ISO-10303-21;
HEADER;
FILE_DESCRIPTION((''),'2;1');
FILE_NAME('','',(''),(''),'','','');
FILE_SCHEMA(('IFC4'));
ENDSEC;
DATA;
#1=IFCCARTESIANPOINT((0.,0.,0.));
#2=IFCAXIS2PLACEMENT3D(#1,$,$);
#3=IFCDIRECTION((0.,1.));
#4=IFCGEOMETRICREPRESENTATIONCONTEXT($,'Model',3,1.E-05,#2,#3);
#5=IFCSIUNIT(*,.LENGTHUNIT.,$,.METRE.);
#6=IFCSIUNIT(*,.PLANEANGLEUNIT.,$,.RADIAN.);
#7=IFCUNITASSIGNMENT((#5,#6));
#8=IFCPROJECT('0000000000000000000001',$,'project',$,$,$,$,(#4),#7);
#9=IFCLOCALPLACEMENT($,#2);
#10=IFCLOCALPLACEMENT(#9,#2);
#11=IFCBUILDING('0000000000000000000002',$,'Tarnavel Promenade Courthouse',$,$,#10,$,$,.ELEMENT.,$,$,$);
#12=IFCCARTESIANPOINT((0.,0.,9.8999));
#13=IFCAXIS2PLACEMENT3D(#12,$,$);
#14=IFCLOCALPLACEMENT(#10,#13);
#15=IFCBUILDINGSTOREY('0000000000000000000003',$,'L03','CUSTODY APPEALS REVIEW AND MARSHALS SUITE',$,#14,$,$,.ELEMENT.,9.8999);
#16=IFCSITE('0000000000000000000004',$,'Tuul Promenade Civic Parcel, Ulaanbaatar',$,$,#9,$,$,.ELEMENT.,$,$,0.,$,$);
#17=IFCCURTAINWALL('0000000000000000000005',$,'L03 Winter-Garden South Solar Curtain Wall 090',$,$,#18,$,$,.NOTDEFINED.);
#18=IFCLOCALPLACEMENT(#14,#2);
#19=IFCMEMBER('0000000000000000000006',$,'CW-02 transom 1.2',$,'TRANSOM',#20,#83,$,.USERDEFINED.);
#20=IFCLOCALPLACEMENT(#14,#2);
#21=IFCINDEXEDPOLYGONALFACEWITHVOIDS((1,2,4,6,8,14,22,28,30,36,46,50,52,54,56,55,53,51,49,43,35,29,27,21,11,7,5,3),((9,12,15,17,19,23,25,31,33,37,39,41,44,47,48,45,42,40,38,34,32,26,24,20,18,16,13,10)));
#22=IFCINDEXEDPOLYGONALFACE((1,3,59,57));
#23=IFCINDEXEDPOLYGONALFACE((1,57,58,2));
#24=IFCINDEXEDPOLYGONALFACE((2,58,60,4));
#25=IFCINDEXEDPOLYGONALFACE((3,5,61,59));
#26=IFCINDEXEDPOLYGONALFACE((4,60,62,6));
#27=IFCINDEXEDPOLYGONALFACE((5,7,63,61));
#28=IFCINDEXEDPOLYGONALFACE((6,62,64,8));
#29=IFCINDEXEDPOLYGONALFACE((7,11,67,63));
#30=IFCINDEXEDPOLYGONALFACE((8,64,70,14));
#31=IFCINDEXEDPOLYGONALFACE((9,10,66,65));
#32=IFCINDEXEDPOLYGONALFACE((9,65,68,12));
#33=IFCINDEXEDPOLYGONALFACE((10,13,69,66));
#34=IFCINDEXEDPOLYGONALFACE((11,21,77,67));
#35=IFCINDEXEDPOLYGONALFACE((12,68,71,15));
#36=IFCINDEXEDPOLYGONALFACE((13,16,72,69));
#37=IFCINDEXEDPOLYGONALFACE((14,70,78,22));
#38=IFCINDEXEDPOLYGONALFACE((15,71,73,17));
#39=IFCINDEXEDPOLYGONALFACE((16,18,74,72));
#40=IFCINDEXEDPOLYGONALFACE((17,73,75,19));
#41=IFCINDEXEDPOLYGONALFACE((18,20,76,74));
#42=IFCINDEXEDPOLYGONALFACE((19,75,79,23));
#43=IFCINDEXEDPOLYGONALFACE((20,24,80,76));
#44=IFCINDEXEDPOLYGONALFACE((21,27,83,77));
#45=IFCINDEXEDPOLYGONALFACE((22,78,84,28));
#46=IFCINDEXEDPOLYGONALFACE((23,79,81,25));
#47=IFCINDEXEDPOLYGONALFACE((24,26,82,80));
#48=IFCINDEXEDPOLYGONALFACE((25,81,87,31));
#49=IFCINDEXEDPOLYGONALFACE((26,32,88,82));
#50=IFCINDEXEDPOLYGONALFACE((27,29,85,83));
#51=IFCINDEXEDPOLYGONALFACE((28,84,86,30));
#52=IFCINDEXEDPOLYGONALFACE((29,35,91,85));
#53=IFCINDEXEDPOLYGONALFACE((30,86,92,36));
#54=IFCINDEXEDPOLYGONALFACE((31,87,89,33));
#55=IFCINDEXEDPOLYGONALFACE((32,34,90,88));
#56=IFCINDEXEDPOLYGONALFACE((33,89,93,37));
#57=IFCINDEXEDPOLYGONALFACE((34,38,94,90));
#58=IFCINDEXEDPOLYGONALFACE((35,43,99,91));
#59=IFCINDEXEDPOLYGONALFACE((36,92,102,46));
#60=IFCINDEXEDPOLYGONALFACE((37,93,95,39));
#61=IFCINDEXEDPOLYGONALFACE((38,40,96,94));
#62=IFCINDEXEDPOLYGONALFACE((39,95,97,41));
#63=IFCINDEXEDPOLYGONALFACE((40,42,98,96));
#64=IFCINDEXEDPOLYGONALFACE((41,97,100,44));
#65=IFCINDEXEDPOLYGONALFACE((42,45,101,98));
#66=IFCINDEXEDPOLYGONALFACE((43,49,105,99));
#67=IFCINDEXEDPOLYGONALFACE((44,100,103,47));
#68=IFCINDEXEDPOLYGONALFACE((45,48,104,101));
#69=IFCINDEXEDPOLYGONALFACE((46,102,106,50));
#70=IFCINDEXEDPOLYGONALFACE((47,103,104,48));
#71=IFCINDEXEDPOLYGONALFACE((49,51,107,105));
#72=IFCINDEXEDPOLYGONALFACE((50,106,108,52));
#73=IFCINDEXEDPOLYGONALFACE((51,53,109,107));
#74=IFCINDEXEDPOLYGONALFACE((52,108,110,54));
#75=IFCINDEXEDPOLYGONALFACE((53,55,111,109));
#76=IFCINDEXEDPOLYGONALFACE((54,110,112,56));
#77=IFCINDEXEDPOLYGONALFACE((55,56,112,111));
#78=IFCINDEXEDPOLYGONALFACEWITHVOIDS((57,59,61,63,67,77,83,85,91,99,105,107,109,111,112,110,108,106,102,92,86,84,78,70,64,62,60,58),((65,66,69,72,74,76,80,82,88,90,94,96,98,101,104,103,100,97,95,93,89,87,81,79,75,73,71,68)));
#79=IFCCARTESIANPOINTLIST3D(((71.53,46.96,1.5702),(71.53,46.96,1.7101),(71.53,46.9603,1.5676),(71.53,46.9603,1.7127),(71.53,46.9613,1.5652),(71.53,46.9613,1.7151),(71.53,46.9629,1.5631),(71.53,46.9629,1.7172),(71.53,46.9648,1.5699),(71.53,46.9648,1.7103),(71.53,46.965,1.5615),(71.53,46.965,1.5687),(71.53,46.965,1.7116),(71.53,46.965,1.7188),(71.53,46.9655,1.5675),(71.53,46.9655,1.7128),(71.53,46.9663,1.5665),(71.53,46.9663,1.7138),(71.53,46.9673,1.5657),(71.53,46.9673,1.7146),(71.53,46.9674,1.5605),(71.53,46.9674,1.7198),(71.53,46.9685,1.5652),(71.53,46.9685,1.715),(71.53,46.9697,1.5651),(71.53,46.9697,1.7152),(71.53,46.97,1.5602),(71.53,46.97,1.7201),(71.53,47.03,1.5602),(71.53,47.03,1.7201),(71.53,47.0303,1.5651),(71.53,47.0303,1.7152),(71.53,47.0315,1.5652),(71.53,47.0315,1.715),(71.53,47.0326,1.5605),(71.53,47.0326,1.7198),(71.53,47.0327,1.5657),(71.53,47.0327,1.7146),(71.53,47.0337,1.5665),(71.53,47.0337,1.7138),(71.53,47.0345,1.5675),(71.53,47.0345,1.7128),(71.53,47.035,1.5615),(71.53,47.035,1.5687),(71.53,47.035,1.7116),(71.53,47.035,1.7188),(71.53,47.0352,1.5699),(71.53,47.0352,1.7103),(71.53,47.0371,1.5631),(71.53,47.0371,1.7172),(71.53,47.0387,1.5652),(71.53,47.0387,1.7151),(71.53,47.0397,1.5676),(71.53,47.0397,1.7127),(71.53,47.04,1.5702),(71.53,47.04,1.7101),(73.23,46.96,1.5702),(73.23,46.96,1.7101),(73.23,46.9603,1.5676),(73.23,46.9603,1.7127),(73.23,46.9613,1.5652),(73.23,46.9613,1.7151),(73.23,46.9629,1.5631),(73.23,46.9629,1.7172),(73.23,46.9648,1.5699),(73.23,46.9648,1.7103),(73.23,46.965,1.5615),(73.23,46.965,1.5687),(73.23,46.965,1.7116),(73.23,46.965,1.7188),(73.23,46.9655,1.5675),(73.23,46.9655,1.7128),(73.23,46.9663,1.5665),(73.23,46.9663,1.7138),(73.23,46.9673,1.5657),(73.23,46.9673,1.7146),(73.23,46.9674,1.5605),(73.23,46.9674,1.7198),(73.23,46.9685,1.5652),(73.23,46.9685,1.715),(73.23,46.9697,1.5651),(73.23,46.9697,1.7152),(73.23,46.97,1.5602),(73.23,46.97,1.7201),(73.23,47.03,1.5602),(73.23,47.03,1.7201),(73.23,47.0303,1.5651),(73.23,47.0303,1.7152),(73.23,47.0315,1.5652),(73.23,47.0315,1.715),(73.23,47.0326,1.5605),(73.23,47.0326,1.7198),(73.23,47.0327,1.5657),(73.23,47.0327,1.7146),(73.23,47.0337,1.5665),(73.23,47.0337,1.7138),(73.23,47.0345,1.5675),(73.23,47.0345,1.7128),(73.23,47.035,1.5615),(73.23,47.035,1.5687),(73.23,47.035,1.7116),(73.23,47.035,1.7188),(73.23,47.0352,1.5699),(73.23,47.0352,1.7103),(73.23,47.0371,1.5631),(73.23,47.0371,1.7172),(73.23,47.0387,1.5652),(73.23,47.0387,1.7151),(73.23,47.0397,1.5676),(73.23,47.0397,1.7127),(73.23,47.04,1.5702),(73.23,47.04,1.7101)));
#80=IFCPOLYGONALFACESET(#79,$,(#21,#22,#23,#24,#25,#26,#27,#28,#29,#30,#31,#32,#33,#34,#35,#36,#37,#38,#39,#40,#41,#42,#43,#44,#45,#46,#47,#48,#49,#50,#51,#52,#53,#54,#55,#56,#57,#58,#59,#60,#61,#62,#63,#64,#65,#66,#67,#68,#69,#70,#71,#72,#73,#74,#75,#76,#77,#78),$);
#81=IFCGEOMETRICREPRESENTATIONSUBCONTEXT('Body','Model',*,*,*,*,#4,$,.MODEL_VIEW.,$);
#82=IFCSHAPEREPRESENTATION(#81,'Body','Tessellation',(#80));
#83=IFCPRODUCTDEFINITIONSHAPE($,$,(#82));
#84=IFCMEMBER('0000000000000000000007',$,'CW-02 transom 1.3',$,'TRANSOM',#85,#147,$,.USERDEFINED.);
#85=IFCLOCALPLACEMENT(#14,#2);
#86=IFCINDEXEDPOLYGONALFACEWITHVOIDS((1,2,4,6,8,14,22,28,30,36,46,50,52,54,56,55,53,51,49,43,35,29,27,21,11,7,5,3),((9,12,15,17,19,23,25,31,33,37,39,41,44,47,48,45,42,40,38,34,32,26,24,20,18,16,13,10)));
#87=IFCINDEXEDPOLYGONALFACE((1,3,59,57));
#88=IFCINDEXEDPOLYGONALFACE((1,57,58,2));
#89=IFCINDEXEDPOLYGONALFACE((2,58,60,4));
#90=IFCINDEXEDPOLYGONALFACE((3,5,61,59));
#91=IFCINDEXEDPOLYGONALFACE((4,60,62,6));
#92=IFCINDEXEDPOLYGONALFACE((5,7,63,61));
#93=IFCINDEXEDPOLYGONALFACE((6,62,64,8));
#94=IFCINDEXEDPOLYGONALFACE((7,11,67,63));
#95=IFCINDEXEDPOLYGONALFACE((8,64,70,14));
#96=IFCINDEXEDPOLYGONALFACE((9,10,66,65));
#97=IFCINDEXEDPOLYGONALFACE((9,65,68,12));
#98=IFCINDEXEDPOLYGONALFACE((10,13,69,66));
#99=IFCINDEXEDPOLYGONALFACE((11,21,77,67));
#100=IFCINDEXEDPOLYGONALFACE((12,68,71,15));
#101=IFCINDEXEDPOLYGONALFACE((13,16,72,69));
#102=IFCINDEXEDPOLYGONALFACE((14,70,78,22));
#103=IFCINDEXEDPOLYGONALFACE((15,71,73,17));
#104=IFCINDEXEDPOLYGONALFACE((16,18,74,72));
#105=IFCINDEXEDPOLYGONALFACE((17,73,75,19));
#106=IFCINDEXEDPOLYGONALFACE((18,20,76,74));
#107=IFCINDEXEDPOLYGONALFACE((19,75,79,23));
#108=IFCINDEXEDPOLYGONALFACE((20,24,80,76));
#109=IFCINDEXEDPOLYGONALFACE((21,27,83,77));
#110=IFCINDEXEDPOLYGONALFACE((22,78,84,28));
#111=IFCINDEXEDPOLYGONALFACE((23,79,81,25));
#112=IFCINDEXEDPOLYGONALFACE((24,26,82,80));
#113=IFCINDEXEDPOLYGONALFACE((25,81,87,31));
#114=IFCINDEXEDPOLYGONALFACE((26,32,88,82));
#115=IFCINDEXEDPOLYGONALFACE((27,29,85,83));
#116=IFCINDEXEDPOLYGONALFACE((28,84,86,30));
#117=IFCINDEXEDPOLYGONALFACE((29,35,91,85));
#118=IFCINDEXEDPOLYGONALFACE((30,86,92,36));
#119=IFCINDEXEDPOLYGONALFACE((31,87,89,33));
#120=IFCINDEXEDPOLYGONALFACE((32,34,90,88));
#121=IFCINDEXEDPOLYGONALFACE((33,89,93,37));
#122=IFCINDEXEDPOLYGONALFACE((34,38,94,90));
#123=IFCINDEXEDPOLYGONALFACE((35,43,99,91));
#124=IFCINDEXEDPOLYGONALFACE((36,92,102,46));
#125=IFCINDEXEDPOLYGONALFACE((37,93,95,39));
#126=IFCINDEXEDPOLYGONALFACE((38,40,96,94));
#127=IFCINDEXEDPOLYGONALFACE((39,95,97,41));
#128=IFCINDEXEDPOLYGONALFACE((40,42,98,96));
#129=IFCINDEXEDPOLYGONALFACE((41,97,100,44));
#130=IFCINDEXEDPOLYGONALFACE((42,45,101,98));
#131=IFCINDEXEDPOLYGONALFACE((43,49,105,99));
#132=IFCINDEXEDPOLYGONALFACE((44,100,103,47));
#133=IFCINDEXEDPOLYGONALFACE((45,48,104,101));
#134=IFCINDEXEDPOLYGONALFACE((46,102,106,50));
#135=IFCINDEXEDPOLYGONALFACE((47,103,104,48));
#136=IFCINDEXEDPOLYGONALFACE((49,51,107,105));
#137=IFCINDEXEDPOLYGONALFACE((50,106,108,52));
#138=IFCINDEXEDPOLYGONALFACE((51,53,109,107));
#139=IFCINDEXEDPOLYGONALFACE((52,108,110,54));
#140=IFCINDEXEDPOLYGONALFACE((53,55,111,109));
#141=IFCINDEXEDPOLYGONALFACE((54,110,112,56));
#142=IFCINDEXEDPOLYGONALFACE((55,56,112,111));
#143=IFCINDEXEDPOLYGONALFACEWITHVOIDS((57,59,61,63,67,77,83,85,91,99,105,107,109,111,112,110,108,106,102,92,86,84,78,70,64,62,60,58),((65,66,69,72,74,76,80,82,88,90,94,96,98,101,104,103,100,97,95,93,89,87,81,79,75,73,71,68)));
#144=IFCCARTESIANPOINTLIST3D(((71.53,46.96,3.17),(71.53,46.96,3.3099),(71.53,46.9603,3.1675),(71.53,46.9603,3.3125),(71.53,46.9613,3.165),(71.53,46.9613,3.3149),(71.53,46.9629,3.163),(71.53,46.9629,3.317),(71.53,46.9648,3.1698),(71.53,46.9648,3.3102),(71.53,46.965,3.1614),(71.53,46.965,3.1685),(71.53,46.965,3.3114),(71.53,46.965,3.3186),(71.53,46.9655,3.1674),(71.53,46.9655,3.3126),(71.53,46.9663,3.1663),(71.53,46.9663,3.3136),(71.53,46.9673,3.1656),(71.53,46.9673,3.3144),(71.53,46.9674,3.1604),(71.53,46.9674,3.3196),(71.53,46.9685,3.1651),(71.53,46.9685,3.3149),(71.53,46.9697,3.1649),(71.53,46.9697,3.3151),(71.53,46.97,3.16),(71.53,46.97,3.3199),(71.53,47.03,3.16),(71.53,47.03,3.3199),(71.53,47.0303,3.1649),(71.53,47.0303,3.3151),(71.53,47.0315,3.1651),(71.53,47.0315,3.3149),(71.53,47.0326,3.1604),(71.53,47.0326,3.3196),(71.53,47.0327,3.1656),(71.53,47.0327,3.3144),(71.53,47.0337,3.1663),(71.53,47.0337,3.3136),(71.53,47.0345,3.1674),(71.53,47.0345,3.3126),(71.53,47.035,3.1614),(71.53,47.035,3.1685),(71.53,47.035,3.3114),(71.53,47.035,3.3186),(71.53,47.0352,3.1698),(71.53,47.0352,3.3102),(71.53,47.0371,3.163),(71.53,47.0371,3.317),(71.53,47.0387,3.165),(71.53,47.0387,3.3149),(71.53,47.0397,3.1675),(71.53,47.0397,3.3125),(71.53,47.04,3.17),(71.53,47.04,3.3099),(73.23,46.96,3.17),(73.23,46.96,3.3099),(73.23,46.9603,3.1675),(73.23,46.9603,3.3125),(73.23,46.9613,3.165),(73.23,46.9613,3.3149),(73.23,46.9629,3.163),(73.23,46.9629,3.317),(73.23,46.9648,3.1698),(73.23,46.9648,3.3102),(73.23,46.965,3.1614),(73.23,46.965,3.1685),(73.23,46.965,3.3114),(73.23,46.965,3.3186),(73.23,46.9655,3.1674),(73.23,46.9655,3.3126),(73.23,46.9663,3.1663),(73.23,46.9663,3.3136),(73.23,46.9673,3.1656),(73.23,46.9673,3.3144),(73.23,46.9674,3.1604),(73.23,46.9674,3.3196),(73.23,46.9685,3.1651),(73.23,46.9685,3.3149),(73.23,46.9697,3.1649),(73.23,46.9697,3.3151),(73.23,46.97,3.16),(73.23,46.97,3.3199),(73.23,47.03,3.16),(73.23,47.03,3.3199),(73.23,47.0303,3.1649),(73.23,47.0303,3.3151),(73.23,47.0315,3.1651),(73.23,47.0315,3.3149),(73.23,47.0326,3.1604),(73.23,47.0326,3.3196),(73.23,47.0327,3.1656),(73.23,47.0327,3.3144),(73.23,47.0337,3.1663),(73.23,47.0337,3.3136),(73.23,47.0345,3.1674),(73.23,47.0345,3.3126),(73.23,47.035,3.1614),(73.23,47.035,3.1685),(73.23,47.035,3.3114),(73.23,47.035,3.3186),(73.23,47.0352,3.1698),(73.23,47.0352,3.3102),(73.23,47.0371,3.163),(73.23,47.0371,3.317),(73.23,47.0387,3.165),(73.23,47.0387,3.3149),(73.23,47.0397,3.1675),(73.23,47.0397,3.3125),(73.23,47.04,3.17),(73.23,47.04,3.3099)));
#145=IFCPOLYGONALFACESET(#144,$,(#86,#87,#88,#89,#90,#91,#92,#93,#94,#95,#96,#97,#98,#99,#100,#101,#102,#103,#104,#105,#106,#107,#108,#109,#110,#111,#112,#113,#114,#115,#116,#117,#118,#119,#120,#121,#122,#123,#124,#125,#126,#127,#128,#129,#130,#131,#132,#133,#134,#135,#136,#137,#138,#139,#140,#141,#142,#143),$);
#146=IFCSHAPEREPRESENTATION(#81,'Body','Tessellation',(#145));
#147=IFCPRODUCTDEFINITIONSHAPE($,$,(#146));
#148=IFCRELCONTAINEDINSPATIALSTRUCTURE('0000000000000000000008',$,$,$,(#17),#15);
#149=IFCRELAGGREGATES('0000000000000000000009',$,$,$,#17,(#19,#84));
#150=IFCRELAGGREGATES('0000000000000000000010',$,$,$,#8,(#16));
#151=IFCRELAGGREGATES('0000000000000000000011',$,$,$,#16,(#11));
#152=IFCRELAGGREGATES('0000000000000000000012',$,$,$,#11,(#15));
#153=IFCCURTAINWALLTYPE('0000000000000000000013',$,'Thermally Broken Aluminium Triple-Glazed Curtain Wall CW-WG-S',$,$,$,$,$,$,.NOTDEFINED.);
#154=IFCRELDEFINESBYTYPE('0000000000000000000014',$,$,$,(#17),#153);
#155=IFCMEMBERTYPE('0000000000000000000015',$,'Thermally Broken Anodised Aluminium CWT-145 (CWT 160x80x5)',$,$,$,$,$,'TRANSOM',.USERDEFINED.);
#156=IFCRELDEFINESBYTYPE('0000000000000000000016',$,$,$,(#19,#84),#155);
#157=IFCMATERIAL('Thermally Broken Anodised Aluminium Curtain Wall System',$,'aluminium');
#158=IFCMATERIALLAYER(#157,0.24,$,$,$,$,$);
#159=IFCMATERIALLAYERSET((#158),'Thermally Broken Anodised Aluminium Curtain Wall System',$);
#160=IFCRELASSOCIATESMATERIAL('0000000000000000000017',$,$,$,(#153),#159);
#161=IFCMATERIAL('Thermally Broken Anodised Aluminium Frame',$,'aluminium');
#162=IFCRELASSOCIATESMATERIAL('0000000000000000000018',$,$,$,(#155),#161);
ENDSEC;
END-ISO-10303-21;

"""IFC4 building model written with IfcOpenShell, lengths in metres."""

from ifc_helpers import new_model, si_unit, direction, frame, origin, origin_2d, place, context, subcontext, project, spatial, hollow_rectangle, extrude, material, layer, layer_set, material_profile, profile_set, type_object, element, aggregate, save


model = new_model("IFC4")

# Units and contexts
model_context = context("Model", 3, precision=1e-05, world=origin(), true_north=direction((0.0, 1.0)))
body_context = subcontext(model_context, "Body", "Model", "MODEL_VIEW")
ifc_project = project(units=[si_unit("LENGTHUNIT", "METRE"), si_unit("PLANEANGLEUNIT", "RADIAN")], contexts=[model_context])

# Site, building, storey
site_placement = place(None, origin())
site = spatial("IfcSite", under=ifc_project, at=site_placement, Name="Tuul Promenade Civic Parcel, Ulaanbaatar", CompositionType="ELEMENT", RefElevation=0.0)
building_placement = place(site_placement, origin())
building = spatial("IfcBuilding", under=site, at=building_placement, Name="Tarnavel Promenade Courthouse", CompositionType="ELEMENT")
storey_placement = place(building_placement, frame((0.0, 0.0, 9.8999)))
storey = spatial("IfcBuildingStorey", under=building, at=storey_placement, Name="L03", Description="CUSTODY APPEALS REVIEW AND MARSHALS SUITE", CompositionType="ELEMENT", Elevation=9.8999)

# Curtain wall
ifc_material_1 = material(Name="Thermally Broken Anodised Aluminium Curtain Wall System", Category="aluminium")
ifc_layer_1 = layer(ifc_material_1, 0.24)
ifc_layer_set_1 = layer_set([ifc_layer_1], Name="Thermally Broken Anodised Aluminium Curtain Wall System")
curtain_wall_type = type_object("IfcCurtainWallType", Name="Thermally Broken Aluminium Triple-Glazed Curtain Wall CW-WG-S", PredefinedType="NOTDEFINED", material=ifc_layer_set_1)
curtain_wall_1_placement = place(storey_placement, origin())
curtain_wall_1 = element("IfcCurtainWall", 1, at=curtain_wall_1_placement, inside=storey, type_object=curtain_wall_type, Name="L03 Winter-Garden South Solar Curtain Wall 090", PredefinedType="NOTDEFINED")
ifc_material_2 = material(Name="Thermally Broken Anodised Aluminium Frame", Category="aluminium")

# Members
ifc_material_profile_1 = material_profile(ifc_material_2, hollow_rectangle(XDim=0.0801, YDim=0.1599, WallThickness=0.0049, InnerFilletRadius=0.0049, OuterFilletRadius=0.01, at=origin_2d()), Name="CWT 160x80x5")
ifc_profile_set_1 = profile_set([ifc_material_profile_1], Name="Thermally Broken Anodised Aluminium Frame")
member_type_1 = type_object("IfcMemberType", Name="Thermally Broken Anodised Aluminium CWT-145 (CWT 160x80x5)", ElementType="TRANSOM", PredefinedType="USERDEFINED", material=ifc_profile_set_1)
member_1_placement = place(storey_placement, frame((71.53, 47.0, 1.6401), z_axis=(1.0, 0.0, 0.0), x_axis=(0.0, 1.0, 0.0)))
member_1 = element("IfcMember", 2, at=member_1_placement, type_object=member_type_1, Name="CW-02 transom 1.2", ObjectType="TRANSOM", PredefinedType="USERDEFINED", context=body_context, shape_type="SweptSolid", body=[
    extrude(hollow_rectangle(XDim=0.0801, YDim=0.1599, WallThickness=0.0049, InnerFilletRadius=0.0049, OuterFilletRadius=0.01, at=origin_2d()), origin(), (0.0, 0.0, 1.0), 1.7),
])
member_2_placement = place(storey_placement, frame((71.53, 47.0, 3.24), z_axis=(1.0, 0.0, 0.0), x_axis=(0.0, 1.0, 0.0)))
member_2 = element("IfcMember", 3, at=member_2_placement, type_object=member_type_1, Name="CW-02 transom 1.3", ObjectType="TRANSOM", PredefinedType="USERDEFINED", context=body_context, shape_type="SweptSolid", body=[
    extrude(hollow_rectangle(XDim=0.0801, YDim=0.1599, WallThickness=0.0049, InnerFilletRadius=0.0049, OuterFilletRadius=0.01, at=origin_2d()), origin(), (0.0, 0.0, 1.0), 1.7),
])

aggregate(curtain_wall_1, [member_1, member_2])

save(model, "model.ifc")
